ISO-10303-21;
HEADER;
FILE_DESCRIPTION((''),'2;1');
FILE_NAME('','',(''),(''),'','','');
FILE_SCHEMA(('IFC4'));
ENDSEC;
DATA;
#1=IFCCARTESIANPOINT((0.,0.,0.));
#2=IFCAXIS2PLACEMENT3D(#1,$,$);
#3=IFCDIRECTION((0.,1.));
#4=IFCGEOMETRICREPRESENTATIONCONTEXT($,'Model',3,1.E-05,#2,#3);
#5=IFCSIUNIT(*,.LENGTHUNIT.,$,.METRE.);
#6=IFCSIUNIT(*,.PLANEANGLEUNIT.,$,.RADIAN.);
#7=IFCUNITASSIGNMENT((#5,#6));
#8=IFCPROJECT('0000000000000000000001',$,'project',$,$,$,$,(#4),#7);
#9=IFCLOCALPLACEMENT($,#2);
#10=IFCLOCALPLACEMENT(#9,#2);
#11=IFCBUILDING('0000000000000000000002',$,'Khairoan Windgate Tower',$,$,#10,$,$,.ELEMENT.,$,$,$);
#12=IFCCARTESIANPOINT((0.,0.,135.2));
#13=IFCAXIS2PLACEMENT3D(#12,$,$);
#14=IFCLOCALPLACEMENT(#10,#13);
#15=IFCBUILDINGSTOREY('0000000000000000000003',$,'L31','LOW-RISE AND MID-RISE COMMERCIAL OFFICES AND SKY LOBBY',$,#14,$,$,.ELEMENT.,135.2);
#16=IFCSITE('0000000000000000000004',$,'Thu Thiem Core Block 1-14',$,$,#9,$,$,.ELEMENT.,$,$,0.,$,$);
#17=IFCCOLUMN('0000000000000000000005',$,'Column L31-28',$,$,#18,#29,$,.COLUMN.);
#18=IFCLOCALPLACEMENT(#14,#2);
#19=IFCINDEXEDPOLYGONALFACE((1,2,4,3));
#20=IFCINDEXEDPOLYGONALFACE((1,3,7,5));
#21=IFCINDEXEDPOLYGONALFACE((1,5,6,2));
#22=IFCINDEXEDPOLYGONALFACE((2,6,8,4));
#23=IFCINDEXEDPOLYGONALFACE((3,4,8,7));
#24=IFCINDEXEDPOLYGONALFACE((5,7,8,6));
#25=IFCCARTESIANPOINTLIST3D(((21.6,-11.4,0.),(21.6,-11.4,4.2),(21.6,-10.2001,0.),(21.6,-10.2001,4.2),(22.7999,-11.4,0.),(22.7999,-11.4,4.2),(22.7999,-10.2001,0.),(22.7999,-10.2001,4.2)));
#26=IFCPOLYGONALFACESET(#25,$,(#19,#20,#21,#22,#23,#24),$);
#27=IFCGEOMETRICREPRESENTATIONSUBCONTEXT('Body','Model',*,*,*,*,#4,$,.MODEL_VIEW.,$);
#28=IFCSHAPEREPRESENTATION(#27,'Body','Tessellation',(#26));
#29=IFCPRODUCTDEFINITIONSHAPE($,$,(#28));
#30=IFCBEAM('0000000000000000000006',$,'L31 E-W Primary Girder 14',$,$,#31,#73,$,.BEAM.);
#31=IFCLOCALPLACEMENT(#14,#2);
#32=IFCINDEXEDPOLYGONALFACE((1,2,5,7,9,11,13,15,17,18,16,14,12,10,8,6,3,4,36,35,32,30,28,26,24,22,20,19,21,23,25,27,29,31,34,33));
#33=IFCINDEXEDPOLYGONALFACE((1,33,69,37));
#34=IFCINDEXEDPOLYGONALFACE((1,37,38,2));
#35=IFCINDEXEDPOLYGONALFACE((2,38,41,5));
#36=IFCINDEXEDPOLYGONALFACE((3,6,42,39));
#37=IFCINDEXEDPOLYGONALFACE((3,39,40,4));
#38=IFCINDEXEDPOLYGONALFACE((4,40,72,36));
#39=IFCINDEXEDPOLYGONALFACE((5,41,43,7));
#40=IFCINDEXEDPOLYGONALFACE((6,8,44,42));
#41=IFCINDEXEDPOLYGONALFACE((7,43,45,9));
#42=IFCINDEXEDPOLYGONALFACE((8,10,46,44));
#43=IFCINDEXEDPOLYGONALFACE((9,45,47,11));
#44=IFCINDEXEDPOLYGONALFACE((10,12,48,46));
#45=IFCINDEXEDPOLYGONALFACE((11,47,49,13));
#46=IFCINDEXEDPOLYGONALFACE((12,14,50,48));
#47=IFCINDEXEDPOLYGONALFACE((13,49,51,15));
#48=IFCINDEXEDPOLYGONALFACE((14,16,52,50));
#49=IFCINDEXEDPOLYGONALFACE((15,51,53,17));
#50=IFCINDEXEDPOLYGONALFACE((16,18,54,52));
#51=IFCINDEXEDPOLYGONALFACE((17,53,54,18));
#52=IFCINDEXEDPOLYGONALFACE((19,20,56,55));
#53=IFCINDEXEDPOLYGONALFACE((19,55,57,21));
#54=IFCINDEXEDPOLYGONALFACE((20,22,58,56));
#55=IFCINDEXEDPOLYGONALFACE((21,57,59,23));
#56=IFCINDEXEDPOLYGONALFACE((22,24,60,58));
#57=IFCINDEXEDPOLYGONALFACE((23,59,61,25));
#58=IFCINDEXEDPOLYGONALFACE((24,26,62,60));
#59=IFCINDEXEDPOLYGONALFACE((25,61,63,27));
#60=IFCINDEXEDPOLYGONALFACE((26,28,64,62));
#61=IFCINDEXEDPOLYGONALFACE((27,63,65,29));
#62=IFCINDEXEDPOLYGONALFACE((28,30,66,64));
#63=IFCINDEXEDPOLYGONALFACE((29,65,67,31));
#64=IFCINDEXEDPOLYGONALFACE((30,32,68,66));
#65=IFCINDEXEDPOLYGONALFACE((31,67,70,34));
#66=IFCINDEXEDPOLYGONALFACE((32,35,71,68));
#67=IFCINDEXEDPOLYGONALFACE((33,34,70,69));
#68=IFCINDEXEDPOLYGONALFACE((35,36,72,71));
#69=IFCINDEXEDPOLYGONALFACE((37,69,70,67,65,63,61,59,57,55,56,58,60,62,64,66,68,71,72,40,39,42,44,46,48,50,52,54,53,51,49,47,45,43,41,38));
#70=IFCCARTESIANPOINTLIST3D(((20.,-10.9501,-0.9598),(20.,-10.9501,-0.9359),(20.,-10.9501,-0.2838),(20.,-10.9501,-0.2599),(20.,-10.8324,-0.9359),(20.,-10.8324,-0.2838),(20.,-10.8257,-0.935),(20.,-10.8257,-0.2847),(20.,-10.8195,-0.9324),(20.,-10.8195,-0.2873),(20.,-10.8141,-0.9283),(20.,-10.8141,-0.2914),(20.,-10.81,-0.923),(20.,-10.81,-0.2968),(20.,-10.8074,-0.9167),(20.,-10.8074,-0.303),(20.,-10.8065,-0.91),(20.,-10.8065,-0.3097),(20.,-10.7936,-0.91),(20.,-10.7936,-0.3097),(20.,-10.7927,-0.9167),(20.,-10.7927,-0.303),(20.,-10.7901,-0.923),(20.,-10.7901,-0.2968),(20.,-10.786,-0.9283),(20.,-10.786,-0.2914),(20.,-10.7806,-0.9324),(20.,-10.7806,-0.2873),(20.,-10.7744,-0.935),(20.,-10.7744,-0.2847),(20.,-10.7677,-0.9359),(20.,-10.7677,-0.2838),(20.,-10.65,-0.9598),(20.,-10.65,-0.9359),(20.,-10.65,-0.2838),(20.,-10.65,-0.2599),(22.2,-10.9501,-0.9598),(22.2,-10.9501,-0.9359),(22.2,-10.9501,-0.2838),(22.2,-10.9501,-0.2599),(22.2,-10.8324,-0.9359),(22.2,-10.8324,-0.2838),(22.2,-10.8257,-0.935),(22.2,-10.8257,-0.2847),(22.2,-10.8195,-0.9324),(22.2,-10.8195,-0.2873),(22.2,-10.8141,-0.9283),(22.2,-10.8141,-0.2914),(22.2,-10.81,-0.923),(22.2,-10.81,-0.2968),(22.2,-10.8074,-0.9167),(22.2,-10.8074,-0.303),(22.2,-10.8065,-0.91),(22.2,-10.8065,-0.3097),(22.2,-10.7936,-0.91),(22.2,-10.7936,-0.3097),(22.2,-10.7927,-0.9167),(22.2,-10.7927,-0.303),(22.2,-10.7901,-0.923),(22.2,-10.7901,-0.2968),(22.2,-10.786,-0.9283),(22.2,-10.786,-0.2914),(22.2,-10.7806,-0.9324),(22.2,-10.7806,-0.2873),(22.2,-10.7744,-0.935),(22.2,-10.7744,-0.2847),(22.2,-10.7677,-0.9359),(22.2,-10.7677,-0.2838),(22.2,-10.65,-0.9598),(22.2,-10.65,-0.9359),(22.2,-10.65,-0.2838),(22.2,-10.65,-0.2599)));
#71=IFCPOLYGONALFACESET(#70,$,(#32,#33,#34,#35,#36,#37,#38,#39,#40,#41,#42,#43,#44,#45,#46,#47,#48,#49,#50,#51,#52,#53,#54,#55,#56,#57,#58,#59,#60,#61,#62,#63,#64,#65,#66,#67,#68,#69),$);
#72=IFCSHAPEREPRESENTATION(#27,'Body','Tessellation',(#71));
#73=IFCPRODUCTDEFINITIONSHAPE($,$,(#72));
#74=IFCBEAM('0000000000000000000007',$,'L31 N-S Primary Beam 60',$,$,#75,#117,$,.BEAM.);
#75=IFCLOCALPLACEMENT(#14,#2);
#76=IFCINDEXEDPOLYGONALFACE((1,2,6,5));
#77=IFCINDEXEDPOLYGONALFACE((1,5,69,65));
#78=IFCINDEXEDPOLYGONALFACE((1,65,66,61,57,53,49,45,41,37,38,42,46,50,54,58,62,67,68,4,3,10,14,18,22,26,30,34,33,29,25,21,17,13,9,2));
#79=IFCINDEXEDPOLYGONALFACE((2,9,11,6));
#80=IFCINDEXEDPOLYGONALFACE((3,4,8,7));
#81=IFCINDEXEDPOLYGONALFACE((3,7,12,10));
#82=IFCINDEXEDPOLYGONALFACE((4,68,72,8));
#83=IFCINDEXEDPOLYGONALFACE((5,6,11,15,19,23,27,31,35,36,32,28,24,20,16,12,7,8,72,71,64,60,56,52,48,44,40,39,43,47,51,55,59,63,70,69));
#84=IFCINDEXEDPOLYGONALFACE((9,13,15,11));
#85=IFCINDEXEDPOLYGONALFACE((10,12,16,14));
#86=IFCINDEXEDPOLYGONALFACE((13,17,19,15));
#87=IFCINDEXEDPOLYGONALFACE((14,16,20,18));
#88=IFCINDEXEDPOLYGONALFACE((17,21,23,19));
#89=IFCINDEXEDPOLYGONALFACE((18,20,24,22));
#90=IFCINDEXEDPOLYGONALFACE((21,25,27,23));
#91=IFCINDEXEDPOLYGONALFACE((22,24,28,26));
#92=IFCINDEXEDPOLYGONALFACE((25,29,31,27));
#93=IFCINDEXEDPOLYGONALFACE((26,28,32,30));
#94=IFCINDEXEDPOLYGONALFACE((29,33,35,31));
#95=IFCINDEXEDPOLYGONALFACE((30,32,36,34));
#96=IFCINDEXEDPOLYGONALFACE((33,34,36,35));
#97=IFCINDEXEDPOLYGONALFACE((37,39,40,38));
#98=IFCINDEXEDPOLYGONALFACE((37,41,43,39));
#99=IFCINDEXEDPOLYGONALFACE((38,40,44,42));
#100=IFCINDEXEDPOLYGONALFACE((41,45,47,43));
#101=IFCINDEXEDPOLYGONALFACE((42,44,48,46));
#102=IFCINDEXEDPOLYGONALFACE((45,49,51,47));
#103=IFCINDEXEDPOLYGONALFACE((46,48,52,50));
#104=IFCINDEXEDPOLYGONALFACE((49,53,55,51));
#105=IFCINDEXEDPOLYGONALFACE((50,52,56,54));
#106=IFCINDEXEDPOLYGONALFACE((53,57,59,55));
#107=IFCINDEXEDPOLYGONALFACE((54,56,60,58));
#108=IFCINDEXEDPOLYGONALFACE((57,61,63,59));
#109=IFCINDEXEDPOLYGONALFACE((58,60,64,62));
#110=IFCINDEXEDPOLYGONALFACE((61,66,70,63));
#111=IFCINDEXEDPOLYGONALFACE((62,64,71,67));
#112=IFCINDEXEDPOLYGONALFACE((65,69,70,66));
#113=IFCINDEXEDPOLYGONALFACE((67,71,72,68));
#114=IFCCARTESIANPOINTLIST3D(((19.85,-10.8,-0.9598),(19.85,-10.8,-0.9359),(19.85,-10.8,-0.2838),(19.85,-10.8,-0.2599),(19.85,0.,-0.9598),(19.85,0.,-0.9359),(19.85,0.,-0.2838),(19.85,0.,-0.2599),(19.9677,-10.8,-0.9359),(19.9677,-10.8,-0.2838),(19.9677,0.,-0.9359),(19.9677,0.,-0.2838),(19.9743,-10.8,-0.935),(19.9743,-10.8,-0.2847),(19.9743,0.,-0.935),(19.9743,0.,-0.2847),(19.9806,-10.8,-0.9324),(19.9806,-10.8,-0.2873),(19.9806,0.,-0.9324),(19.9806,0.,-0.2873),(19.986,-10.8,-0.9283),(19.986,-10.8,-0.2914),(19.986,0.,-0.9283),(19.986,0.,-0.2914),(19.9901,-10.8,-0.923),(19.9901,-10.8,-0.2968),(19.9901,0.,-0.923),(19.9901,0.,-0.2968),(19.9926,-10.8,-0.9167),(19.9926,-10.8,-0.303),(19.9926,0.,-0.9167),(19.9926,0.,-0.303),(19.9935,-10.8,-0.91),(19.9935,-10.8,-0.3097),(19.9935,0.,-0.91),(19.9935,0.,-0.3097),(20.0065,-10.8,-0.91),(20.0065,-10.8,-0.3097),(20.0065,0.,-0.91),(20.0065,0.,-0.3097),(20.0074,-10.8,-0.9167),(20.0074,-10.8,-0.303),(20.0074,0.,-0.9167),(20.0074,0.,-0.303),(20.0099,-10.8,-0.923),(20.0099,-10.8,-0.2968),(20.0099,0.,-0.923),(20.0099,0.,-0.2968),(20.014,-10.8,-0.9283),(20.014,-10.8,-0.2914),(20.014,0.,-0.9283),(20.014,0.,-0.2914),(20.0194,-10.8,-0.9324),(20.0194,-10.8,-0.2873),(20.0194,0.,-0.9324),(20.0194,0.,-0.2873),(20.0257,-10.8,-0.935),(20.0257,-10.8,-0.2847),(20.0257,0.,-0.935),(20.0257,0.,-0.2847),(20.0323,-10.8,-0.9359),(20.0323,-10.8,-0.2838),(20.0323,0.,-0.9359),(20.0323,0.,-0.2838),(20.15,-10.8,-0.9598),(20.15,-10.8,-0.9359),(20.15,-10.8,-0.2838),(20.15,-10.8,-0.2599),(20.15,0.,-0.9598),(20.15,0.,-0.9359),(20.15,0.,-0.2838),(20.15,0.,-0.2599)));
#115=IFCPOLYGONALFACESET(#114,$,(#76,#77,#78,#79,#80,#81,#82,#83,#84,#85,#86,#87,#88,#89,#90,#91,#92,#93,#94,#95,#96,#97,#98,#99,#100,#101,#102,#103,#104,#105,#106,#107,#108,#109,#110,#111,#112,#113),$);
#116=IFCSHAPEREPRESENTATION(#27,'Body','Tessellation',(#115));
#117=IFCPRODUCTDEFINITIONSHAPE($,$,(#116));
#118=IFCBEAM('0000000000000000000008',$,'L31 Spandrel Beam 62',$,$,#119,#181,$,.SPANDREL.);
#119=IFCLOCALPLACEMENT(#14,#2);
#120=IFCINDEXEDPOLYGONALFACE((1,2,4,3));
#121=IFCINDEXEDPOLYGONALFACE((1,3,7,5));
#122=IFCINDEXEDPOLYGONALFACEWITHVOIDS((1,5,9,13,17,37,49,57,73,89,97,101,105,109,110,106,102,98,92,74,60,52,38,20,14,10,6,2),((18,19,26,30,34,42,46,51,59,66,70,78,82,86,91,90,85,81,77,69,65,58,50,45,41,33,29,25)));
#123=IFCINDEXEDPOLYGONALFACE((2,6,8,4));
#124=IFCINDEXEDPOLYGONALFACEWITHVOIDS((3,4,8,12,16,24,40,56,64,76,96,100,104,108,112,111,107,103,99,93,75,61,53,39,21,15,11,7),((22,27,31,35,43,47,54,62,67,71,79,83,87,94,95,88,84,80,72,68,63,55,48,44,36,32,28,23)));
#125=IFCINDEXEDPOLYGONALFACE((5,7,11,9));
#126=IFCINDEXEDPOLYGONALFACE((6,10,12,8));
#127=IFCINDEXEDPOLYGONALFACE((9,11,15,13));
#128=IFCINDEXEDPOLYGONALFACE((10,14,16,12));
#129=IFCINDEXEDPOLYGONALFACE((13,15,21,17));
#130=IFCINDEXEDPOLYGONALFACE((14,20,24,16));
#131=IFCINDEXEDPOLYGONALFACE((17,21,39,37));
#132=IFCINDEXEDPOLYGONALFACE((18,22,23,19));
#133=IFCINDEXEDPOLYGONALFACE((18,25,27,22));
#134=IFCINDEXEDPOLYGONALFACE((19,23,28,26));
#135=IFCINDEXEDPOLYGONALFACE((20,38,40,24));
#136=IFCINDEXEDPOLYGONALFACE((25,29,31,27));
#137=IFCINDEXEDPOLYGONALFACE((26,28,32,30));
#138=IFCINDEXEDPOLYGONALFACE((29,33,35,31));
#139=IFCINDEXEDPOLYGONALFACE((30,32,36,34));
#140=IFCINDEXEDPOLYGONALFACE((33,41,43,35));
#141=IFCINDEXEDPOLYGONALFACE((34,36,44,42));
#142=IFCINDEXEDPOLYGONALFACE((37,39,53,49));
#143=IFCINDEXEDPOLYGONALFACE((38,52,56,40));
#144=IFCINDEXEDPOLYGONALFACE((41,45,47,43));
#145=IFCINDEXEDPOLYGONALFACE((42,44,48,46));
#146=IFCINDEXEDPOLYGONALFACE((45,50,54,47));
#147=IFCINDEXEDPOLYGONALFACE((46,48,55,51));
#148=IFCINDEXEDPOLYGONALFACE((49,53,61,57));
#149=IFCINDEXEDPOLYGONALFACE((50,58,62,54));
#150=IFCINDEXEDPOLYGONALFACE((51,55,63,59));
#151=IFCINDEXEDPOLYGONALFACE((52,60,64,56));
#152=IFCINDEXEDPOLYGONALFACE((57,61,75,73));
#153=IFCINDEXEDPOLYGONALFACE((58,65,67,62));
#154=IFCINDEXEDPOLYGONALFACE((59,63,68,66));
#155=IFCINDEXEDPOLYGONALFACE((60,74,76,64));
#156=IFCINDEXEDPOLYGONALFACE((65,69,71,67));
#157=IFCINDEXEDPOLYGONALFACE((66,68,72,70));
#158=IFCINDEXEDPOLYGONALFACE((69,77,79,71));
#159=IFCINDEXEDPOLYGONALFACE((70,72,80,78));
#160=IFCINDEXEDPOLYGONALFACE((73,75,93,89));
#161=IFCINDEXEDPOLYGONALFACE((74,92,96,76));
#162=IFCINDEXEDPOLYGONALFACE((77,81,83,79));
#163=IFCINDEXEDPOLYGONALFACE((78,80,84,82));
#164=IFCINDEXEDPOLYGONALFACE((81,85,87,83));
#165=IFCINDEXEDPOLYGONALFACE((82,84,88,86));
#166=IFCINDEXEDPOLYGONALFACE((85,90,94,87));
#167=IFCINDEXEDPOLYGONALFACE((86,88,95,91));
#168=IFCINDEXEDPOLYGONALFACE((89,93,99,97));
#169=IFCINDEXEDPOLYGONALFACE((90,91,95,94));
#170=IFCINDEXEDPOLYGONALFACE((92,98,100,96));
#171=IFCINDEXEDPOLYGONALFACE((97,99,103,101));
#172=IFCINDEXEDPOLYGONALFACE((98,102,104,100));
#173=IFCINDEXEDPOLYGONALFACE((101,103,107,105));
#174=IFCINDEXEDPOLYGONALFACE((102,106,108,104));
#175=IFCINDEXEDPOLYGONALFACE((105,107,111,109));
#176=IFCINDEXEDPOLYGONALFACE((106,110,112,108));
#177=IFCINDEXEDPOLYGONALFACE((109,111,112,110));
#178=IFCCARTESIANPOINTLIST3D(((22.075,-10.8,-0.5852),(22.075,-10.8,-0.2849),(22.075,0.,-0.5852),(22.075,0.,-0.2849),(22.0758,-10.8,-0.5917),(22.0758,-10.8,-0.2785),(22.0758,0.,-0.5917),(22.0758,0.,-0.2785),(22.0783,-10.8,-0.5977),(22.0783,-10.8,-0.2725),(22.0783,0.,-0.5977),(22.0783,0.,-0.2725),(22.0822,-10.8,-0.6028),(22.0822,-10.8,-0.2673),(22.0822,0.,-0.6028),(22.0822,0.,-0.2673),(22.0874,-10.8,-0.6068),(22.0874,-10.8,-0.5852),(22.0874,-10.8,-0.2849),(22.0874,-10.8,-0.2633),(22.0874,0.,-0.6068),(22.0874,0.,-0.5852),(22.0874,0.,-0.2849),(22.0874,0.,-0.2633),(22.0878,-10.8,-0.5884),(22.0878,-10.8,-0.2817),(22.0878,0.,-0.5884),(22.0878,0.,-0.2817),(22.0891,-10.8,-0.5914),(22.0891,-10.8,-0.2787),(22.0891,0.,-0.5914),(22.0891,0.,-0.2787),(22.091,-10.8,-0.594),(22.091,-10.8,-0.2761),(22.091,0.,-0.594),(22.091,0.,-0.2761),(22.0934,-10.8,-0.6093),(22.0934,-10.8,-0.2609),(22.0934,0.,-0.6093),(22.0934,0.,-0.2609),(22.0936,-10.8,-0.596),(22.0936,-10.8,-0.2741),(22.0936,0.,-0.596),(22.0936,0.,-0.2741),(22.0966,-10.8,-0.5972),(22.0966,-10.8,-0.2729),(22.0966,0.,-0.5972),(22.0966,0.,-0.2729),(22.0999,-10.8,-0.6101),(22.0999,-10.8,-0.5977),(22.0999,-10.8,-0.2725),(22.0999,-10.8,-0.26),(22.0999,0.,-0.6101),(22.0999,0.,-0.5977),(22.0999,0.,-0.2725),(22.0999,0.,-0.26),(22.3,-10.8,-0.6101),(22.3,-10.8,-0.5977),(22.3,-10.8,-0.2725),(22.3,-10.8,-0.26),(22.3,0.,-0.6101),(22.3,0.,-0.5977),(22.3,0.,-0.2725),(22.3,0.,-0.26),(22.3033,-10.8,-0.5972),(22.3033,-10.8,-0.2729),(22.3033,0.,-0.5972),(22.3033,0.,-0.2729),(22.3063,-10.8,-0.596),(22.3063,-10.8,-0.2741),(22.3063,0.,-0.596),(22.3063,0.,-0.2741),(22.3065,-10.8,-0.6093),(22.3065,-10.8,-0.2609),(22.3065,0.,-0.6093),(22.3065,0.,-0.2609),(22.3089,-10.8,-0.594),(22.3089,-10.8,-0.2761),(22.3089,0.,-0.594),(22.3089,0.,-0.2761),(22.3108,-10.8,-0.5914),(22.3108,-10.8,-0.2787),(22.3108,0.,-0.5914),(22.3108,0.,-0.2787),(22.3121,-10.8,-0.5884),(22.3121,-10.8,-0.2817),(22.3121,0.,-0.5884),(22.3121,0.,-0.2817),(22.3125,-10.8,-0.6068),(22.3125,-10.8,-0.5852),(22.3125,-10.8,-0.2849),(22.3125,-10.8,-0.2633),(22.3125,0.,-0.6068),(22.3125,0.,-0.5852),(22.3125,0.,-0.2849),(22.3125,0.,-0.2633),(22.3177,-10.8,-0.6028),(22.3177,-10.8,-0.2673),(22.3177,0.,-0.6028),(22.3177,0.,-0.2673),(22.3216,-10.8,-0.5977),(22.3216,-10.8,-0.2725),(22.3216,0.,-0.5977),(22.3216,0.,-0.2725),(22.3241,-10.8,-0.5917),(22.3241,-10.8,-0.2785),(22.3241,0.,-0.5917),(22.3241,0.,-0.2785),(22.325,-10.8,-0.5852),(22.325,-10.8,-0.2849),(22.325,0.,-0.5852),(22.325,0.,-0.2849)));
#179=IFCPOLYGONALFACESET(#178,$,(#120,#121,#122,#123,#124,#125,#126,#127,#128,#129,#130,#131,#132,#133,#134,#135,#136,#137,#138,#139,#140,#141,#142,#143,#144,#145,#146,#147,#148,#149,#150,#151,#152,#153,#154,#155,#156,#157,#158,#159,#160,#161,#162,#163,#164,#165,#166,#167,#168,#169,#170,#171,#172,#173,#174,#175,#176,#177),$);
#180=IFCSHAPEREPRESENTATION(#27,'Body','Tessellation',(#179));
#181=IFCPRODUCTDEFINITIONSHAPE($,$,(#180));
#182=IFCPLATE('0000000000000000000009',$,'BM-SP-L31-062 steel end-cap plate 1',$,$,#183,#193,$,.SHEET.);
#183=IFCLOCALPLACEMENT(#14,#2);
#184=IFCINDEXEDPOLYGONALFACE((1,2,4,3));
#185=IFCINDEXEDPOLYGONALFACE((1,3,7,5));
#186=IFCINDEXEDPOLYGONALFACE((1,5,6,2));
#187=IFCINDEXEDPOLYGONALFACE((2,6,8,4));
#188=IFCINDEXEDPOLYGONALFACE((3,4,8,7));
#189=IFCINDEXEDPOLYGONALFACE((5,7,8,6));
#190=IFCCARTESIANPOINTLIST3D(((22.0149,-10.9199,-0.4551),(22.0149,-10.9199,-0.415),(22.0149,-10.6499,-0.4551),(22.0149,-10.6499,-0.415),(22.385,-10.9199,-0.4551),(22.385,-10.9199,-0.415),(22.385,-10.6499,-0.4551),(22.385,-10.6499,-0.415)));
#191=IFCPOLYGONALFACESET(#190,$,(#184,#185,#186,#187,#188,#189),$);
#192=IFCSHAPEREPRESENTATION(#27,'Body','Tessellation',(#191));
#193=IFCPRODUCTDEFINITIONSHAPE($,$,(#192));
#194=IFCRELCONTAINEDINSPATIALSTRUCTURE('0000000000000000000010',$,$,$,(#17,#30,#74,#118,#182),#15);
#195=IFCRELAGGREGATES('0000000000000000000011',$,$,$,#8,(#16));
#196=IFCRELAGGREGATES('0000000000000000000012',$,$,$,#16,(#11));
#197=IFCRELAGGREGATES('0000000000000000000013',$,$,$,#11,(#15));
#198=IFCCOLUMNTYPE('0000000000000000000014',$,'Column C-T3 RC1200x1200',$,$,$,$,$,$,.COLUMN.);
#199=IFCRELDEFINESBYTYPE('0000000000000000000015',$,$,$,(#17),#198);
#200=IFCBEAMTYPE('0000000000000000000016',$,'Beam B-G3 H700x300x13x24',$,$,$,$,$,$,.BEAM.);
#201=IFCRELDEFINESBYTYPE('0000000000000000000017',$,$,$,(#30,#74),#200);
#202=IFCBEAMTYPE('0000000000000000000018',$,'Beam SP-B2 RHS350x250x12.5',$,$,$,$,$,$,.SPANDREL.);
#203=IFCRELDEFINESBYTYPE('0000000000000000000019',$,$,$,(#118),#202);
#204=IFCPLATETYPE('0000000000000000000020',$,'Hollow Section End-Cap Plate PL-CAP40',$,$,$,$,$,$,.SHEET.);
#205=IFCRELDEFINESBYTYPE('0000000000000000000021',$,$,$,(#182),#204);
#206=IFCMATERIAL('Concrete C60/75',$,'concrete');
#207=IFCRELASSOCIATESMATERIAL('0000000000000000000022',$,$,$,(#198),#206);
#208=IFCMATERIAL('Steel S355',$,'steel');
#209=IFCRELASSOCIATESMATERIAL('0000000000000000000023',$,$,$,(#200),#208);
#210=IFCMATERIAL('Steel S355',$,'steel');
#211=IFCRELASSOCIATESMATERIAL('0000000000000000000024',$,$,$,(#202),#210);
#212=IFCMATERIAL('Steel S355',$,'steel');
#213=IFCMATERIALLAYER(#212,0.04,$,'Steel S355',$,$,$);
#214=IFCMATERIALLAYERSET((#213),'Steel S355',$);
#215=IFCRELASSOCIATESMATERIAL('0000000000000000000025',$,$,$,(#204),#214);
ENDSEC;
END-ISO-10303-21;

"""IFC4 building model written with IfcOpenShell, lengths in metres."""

from ifc_helpers import new_model, si_unit, direction, frame, origin, origin_2d, place, context, subcontext, project, spatial, rectangle, hollow_rectangle, i_section, extrude, material, layer, layer_set, material_profile, profile_set, type_object, element, save


model = new_model("IFC4")

# Units and contexts
model_context = context("Model", 3, precision=1e-05, world=origin(), true_north=direction((0.0, 1.0)))
body_context = subcontext(model_context, "Body", "Model", "MODEL_VIEW")
ifc_project = project(units=[si_unit("LENGTHUNIT", "METRE"), si_unit("PLANEANGLEUNIT", "RADIAN")], contexts=[model_context])

# Site, building, storey
site_placement = place(None, origin())
site = spatial("IfcSite", under=ifc_project, at=site_placement, Name="Thu Thiem Core Block 1-14", CompositionType="ELEMENT", RefElevation=0.0)
building_placement = place(site_placement, origin())
building = spatial("IfcBuilding", under=site, at=building_placement, Name="Khairoan Windgate Tower", CompositionType="ELEMENT")
storey_placement = place(building_placement, frame((0.0, 0.0, 135.2)))
storey = spatial("IfcBuildingStorey", under=building, at=storey_placement, Name="L31", Description="LOW-RISE AND MID-RISE COMMERCIAL OFFICES AND SKY LOBBY", CompositionType="ELEMENT", Elevation=135.2)

# Column
ifc_material_1 = material(Name="Concrete C60/75", Category="concrete")
ifc_material_profile_1 = material_profile(ifc_material_1, rectangle(XDim=1.2, YDim=1.2, at=origin_2d()))
ifc_profile_set_1 = profile_set([ifc_material_profile_1], Name="Concrete C60/75")
column_type = type_object("IfcColumnType", Name="Column C-T3 RC1200x1200", PredefinedType="COLUMN", material=ifc_profile_set_1)
column_placement = place(storey_placement, frame((22.2, -10.8, 0.0), z_axis=(0.0, 0.0, 1.0), x_axis=(1.0, 0.0, 0.0)))
element("IfcColumn", 1, at=column_placement, inside=storey, type_object=column_type, Name="Column L31-28", PredefinedType="COLUMN", context=body_context, shape_type="SweptSolid", body=[
    extrude(rectangle(XDim=1.2, YDim=1.2, at=origin_2d()), origin(), (0.0, 0.0, 1.0), 4.2),
])

# Beams
ifc_material_2 = material(Name="Steel S355", Category="steel")
ifc_material_profile_2 = material_profile(ifc_material_2, i_section(OverallWidth=0.3, OverallDepth=0.7, WebThickness=0.0129, FlangeThickness=0.0239, FilletRadius=0.0259, at=origin_2d()))
ifc_profile_set_2 = profile_set([ifc_material_profile_2], Name="Steel S355")
beam_type_1 = type_object("IfcBeamType", Name="Beam B-G3 H700x300x13x24", PredefinedType="BEAM", material=ifc_profile_set_2)
beam_1_placement = place(storey_placement, frame((20.0, -10.8, -0.6099), z_axis=(1.0, 0.0, 0.0), x_axis=(0.0, 1.0, 0.0)))
element("IfcBeam", 2, at=beam_1_placement, inside=storey, type_object=beam_type_1, Name="L31 E-W Primary Girder 14", PredefinedType="BEAM", context=body_context, shape_type="SweptSolid", body=[
    extrude(i_section(OverallWidth=0.3, OverallDepth=0.7, WebThickness=0.0129, FlangeThickness=0.0239, FilletRadius=0.0259, at=origin_2d()), origin(), (0.0, 0.0, 1.0), 2.2),
])
beam_2_placement = place(storey_placement, frame((20.0, -10.8, -0.6099), z_axis=(0.0, 1.0, 0.0), x_axis=(-1.0, 0.0, 0.0)))
element("IfcBeam", 3, at=beam_2_placement, inside=storey, type_object=beam_type_1, Name="L31 N-S Primary Beam 60", PredefinedType="BEAM", context=body_context, shape_type="SweptSolid", body=[
    extrude(i_section(OverallWidth=0.3, OverallDepth=0.7, WebThickness=0.0129, FlangeThickness=0.0239, FilletRadius=0.0259, at=origin_2d()), origin(), (0.0, 0.0, 1.0), 10.8),
])
ifc_material_3 = material(Name="Steel S355", Category="steel")
ifc_material_profile_3 = material_profile(ifc_material_3, hollow_rectangle(XDim=0.25, YDim=0.3501, WallThickness=0.0125, InnerFilletRadius=0.0125, OuterFilletRadius=0.0249, at=origin_2d()))
ifc_profile_set_3 = profile_set([ifc_material_profile_3], Name="Steel S355")
beam_type_2 = type_object("IfcBeamType", Name="Beam SP-B2 RHS350x250x12.5", PredefinedType="SPANDREL", material=ifc_profile_set_3)
beam_3_placement = place(storey_placement, frame((22.2, -10.8, -0.4351), z_axis=(0.0, 1.0, 0.0), x_axis=(-1.0, 0.0, 0.0)))
element("IfcBeam", 4, at=beam_3_placement, inside=storey, type_object=beam_type_2, Name="L31 Spandrel Beam 62", PredefinedType="SPANDREL", context=body_context, shape_type="SweptSolid", body=[
    extrude(hollow_rectangle(XDim=0.25, YDim=0.3501, WallThickness=0.0125, InnerFilletRadius=0.0125, OuterFilletRadius=0.0249, at=origin_2d()), origin(), (0.0, 0.0, 1.0), 10.8),
])

# Plate
ifc_material_4 = material(Name="Steel S355", Category="steel")
ifc_layer_1 = layer(ifc_material_4, 0.04, Name="Steel S355")
ifc_layer_set_1 = layer_set([ifc_layer_1], Name="Steel S355")
plate_type = type_object("IfcPlateType", Name="Hollow Section End-Cap Plate PL-CAP40", PredefinedType="SHEET", material=ifc_layer_set_1)
plate_placement = place(storey_placement, frame((22.2, -10.7849, -0.4551), z_axis=(0.0, 0.0, 1.0), x_axis=(0.0, 1.0, 0.0)))
element("IfcPlate", 5, at=plate_placement, inside=storey, type_object=plate_type, Name="BM-SP-L31-062 steel end-cap plate 1", PredefinedType="SHEET", context=body_context, shape_type="SweptSolid", body=[
    extrude(rectangle(XDim=0.27, YDim=0.3701, at=origin_2d()), origin(), (0.0, 0.0, 1.0), 0.04),
])

save(model, "model.ifc")
